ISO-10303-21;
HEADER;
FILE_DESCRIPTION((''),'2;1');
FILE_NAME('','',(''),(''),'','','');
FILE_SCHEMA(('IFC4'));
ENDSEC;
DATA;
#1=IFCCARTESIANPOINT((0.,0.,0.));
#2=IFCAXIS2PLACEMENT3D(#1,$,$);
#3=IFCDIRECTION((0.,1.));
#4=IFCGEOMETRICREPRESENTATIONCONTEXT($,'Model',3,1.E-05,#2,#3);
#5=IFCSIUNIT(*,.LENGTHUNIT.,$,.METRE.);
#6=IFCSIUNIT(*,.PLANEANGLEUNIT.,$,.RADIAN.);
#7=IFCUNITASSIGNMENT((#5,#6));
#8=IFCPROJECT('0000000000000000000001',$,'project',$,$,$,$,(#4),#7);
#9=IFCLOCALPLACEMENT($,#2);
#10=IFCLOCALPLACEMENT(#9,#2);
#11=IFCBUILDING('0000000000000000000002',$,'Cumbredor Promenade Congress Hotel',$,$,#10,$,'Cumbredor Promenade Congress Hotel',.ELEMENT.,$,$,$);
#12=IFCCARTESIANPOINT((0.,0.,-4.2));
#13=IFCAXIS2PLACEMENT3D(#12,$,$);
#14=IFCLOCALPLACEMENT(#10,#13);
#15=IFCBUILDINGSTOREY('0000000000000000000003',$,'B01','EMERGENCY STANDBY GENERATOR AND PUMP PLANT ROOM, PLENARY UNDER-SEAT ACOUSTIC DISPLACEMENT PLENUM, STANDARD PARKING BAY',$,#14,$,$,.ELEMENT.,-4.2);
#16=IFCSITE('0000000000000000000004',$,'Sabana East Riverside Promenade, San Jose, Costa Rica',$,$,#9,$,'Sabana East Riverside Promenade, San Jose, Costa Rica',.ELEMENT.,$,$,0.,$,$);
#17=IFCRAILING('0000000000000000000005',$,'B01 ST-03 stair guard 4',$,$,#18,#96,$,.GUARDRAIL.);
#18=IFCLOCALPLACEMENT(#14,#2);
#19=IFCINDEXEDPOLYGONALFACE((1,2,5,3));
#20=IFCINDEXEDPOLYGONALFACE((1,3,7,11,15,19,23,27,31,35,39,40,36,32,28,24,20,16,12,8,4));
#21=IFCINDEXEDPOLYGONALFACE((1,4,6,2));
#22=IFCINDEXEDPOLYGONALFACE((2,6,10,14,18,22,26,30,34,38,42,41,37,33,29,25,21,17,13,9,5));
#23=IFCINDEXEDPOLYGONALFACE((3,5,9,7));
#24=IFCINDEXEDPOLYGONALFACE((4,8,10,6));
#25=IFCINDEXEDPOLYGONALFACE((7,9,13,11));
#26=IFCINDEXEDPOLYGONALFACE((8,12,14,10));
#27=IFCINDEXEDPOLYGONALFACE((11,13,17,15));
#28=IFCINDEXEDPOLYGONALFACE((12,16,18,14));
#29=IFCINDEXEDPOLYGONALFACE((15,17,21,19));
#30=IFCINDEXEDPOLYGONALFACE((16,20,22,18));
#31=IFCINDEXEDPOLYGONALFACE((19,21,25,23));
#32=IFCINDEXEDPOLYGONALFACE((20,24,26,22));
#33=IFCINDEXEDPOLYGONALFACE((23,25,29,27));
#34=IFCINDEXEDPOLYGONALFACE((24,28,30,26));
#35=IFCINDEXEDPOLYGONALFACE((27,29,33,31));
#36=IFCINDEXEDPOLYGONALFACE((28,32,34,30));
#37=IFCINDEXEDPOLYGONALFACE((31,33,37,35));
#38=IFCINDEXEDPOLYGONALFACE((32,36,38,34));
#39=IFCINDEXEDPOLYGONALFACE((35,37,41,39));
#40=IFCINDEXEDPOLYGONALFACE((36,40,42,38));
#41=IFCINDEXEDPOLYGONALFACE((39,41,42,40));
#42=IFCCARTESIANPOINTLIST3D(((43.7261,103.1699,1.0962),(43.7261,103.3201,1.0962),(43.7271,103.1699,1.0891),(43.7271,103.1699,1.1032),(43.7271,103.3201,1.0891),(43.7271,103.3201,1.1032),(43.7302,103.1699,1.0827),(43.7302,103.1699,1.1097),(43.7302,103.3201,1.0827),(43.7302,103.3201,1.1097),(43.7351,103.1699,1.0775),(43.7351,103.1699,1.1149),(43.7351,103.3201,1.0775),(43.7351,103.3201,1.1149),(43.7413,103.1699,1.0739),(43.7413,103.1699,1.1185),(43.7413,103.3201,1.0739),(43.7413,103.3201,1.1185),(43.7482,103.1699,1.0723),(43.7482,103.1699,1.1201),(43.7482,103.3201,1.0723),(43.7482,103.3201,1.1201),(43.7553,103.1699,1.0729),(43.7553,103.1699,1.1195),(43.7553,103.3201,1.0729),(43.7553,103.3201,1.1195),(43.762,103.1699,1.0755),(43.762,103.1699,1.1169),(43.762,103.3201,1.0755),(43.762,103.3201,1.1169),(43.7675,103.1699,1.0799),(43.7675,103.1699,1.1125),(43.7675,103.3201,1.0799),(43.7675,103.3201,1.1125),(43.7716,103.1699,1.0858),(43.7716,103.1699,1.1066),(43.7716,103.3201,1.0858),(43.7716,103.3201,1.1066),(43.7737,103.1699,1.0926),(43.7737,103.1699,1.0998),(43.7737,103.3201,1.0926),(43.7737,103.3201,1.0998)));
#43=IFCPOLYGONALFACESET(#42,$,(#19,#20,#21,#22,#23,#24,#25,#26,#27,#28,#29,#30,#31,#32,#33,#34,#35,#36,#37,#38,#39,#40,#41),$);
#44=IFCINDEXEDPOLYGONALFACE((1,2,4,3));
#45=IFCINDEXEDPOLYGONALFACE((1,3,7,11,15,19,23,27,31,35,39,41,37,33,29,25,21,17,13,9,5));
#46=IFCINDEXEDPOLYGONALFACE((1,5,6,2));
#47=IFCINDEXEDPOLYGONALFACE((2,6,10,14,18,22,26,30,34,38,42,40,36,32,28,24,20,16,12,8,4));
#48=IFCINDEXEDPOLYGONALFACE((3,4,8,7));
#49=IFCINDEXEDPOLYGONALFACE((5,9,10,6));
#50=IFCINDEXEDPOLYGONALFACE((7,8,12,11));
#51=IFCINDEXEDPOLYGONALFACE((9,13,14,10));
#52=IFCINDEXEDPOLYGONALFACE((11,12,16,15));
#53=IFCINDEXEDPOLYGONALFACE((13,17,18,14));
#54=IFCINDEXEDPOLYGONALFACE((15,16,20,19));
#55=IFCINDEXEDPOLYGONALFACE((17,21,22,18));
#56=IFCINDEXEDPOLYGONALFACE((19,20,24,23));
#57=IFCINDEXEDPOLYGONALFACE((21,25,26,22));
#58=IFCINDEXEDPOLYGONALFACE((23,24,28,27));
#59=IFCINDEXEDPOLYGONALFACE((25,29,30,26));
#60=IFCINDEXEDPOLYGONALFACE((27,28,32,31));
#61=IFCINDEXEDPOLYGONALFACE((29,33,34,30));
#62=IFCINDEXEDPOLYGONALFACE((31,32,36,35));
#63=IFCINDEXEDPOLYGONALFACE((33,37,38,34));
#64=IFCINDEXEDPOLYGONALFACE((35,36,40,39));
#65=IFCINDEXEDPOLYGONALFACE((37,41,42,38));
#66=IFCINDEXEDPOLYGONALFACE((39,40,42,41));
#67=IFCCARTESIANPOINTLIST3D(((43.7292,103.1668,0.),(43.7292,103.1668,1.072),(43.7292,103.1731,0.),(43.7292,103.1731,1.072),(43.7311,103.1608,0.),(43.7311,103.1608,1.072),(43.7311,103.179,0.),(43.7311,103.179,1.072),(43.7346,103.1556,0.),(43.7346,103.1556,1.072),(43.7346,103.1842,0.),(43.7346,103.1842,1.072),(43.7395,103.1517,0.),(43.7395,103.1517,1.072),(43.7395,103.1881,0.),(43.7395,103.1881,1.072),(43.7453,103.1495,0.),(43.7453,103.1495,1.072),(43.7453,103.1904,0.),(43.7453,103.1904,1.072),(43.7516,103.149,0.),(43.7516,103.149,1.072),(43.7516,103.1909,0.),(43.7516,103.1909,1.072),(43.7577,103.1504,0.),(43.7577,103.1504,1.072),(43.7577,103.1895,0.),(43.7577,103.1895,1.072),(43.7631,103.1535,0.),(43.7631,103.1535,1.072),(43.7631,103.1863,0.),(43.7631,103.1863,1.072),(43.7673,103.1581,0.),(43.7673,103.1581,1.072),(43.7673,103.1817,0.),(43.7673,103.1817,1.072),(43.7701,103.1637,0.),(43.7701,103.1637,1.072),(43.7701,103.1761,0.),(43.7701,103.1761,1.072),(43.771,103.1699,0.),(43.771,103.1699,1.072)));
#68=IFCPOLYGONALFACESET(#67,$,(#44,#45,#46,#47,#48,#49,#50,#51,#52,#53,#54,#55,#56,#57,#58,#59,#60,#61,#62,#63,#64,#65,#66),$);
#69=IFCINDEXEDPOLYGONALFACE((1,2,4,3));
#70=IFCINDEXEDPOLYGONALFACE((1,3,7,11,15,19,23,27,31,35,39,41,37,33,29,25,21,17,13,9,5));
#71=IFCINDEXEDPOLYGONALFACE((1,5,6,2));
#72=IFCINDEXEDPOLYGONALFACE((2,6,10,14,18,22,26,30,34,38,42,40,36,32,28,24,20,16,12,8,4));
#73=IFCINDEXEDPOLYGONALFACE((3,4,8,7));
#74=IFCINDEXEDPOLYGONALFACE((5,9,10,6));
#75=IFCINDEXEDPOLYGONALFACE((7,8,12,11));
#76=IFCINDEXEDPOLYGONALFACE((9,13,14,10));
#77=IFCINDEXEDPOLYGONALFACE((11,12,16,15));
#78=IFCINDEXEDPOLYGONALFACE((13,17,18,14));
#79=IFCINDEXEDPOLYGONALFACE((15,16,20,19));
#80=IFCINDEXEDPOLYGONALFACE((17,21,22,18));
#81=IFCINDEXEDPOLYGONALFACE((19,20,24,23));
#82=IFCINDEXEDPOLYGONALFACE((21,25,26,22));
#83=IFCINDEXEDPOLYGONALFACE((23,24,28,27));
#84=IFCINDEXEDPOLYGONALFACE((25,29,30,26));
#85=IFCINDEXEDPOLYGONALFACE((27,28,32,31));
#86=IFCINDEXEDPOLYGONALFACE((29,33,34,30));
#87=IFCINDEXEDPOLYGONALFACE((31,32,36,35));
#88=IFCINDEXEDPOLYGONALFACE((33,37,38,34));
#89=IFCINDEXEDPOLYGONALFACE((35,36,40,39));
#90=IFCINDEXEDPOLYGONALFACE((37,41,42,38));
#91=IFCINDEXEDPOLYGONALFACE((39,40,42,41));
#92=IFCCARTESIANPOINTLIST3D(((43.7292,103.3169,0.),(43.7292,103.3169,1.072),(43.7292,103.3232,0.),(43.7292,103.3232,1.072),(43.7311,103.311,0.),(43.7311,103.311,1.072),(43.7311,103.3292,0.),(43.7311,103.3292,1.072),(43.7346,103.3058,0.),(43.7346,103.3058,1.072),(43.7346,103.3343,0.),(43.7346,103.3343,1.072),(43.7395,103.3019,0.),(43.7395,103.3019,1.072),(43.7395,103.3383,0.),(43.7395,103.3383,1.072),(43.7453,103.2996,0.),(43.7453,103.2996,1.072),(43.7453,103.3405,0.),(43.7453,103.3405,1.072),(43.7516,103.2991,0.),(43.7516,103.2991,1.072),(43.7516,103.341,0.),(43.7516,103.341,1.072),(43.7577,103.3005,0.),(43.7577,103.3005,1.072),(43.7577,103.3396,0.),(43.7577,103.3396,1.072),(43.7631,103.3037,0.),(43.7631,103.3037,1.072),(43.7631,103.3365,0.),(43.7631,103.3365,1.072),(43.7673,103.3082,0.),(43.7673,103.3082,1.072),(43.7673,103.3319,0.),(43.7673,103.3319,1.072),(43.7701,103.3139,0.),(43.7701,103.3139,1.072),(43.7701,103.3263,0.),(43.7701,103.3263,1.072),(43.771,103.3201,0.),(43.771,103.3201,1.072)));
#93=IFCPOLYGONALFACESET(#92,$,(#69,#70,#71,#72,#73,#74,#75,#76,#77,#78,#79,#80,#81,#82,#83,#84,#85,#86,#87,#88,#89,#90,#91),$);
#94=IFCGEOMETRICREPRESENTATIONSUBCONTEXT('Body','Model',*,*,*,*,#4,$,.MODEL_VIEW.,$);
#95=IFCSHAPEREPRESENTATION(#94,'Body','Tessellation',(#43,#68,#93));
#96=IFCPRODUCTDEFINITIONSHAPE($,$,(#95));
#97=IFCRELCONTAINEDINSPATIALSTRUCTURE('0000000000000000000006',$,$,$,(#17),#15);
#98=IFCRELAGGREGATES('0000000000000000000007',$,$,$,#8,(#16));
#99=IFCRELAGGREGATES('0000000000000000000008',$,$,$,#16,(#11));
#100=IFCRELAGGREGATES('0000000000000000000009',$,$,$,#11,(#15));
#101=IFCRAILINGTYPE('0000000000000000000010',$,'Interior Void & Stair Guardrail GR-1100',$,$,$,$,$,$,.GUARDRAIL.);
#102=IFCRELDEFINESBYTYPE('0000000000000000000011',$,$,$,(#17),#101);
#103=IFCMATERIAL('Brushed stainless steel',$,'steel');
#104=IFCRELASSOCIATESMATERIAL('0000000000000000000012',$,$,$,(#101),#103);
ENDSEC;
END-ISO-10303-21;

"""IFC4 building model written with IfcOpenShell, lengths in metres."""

from ifc_helpers import new_model, si_unit, direction, frame, origin, origin_2d, place, context, subcontext, project, spatial, circle, extrude, material, type_object, element, save


model = new_model("IFC4")

# Units and contexts
model_context = context("Model", 3, precision=1e-05, world=origin(), true_north=direction((0.0, 1.0)))
body_context = subcontext(model_context, "Body", "Model", "MODEL_VIEW")
ifc_project = project(units=[si_unit("LENGTHUNIT", "METRE"), si_unit("PLANEANGLEUNIT", "RADIAN")], contexts=[model_context])

# Site, building, storey
site_placement = place(None, origin())
site = spatial("IfcSite", under=ifc_project, at=site_placement, Name="Sabana East Riverside Promenade, San Jose, Costa Rica", LongName="Sabana East Riverside Promenade, San Jose, Costa Rica", CompositionType="ELEMENT", RefElevation=0.0)
building_placement = place(site_placement, origin())
building = spatial("IfcBuilding", under=site, at=building_placement, Name="Cumbredor Promenade Congress Hotel", LongName="Cumbredor Promenade Congress Hotel", CompositionType="ELEMENT")
storey_placement = place(building_placement, frame((0.0, 0.0, -4.2)))
storey = spatial("IfcBuildingStorey", under=building, at=storey_placement, Name="B01", Description="EMERGENCY STANDBY GENERATOR AND PUMP PLANT ROOM, PLENARY UNDER-SEAT ACOUSTIC DISPLACEMENT PLENUM, STANDARD PARKING BAY", CompositionType="ELEMENT", Elevation=-4.2)

# Railing
ifc_material_1 = material(Name="Brushed stainless steel", Category="steel")
railing_type_1 = type_object("IfcRailingType", Name="Interior Void & Stair Guardrail GR-1100", PredefinedType="GUARDRAIL", material=ifc_material_1)
railing_1_placement = place(storey_placement, frame((43.75, 103.1699, 0.0)))
element("IfcRailing", 1, at=railing_1_placement, inside=storey, type_object=railing_type_1, Name="B01 ST-03 stair guard 4", PredefinedType="GUARDRAIL", context=body_context, shape_type="SweptSolid", body=[
    extrude(circle(Radius=0.0239, at=origin_2d()), frame((0.0, 0.0, 1.0962), z_axis=(0.0, 1.0, 0.0), x_axis=(-1.0, 0.0, 0.0)), (0.0, 0.0, 1.0), 0.1501),
    extrude(circle(Radius=0.021, at=origin_2d()), origin(), (0.0, 0.0, 1.0), 1.072),
    extrude(circle(Radius=0.021, at=origin_2d()), frame((0.0, 0.1501, 0.0)), (0.0, 0.0, 1.0), 1.072),
])

save(model, "model.ifc")
